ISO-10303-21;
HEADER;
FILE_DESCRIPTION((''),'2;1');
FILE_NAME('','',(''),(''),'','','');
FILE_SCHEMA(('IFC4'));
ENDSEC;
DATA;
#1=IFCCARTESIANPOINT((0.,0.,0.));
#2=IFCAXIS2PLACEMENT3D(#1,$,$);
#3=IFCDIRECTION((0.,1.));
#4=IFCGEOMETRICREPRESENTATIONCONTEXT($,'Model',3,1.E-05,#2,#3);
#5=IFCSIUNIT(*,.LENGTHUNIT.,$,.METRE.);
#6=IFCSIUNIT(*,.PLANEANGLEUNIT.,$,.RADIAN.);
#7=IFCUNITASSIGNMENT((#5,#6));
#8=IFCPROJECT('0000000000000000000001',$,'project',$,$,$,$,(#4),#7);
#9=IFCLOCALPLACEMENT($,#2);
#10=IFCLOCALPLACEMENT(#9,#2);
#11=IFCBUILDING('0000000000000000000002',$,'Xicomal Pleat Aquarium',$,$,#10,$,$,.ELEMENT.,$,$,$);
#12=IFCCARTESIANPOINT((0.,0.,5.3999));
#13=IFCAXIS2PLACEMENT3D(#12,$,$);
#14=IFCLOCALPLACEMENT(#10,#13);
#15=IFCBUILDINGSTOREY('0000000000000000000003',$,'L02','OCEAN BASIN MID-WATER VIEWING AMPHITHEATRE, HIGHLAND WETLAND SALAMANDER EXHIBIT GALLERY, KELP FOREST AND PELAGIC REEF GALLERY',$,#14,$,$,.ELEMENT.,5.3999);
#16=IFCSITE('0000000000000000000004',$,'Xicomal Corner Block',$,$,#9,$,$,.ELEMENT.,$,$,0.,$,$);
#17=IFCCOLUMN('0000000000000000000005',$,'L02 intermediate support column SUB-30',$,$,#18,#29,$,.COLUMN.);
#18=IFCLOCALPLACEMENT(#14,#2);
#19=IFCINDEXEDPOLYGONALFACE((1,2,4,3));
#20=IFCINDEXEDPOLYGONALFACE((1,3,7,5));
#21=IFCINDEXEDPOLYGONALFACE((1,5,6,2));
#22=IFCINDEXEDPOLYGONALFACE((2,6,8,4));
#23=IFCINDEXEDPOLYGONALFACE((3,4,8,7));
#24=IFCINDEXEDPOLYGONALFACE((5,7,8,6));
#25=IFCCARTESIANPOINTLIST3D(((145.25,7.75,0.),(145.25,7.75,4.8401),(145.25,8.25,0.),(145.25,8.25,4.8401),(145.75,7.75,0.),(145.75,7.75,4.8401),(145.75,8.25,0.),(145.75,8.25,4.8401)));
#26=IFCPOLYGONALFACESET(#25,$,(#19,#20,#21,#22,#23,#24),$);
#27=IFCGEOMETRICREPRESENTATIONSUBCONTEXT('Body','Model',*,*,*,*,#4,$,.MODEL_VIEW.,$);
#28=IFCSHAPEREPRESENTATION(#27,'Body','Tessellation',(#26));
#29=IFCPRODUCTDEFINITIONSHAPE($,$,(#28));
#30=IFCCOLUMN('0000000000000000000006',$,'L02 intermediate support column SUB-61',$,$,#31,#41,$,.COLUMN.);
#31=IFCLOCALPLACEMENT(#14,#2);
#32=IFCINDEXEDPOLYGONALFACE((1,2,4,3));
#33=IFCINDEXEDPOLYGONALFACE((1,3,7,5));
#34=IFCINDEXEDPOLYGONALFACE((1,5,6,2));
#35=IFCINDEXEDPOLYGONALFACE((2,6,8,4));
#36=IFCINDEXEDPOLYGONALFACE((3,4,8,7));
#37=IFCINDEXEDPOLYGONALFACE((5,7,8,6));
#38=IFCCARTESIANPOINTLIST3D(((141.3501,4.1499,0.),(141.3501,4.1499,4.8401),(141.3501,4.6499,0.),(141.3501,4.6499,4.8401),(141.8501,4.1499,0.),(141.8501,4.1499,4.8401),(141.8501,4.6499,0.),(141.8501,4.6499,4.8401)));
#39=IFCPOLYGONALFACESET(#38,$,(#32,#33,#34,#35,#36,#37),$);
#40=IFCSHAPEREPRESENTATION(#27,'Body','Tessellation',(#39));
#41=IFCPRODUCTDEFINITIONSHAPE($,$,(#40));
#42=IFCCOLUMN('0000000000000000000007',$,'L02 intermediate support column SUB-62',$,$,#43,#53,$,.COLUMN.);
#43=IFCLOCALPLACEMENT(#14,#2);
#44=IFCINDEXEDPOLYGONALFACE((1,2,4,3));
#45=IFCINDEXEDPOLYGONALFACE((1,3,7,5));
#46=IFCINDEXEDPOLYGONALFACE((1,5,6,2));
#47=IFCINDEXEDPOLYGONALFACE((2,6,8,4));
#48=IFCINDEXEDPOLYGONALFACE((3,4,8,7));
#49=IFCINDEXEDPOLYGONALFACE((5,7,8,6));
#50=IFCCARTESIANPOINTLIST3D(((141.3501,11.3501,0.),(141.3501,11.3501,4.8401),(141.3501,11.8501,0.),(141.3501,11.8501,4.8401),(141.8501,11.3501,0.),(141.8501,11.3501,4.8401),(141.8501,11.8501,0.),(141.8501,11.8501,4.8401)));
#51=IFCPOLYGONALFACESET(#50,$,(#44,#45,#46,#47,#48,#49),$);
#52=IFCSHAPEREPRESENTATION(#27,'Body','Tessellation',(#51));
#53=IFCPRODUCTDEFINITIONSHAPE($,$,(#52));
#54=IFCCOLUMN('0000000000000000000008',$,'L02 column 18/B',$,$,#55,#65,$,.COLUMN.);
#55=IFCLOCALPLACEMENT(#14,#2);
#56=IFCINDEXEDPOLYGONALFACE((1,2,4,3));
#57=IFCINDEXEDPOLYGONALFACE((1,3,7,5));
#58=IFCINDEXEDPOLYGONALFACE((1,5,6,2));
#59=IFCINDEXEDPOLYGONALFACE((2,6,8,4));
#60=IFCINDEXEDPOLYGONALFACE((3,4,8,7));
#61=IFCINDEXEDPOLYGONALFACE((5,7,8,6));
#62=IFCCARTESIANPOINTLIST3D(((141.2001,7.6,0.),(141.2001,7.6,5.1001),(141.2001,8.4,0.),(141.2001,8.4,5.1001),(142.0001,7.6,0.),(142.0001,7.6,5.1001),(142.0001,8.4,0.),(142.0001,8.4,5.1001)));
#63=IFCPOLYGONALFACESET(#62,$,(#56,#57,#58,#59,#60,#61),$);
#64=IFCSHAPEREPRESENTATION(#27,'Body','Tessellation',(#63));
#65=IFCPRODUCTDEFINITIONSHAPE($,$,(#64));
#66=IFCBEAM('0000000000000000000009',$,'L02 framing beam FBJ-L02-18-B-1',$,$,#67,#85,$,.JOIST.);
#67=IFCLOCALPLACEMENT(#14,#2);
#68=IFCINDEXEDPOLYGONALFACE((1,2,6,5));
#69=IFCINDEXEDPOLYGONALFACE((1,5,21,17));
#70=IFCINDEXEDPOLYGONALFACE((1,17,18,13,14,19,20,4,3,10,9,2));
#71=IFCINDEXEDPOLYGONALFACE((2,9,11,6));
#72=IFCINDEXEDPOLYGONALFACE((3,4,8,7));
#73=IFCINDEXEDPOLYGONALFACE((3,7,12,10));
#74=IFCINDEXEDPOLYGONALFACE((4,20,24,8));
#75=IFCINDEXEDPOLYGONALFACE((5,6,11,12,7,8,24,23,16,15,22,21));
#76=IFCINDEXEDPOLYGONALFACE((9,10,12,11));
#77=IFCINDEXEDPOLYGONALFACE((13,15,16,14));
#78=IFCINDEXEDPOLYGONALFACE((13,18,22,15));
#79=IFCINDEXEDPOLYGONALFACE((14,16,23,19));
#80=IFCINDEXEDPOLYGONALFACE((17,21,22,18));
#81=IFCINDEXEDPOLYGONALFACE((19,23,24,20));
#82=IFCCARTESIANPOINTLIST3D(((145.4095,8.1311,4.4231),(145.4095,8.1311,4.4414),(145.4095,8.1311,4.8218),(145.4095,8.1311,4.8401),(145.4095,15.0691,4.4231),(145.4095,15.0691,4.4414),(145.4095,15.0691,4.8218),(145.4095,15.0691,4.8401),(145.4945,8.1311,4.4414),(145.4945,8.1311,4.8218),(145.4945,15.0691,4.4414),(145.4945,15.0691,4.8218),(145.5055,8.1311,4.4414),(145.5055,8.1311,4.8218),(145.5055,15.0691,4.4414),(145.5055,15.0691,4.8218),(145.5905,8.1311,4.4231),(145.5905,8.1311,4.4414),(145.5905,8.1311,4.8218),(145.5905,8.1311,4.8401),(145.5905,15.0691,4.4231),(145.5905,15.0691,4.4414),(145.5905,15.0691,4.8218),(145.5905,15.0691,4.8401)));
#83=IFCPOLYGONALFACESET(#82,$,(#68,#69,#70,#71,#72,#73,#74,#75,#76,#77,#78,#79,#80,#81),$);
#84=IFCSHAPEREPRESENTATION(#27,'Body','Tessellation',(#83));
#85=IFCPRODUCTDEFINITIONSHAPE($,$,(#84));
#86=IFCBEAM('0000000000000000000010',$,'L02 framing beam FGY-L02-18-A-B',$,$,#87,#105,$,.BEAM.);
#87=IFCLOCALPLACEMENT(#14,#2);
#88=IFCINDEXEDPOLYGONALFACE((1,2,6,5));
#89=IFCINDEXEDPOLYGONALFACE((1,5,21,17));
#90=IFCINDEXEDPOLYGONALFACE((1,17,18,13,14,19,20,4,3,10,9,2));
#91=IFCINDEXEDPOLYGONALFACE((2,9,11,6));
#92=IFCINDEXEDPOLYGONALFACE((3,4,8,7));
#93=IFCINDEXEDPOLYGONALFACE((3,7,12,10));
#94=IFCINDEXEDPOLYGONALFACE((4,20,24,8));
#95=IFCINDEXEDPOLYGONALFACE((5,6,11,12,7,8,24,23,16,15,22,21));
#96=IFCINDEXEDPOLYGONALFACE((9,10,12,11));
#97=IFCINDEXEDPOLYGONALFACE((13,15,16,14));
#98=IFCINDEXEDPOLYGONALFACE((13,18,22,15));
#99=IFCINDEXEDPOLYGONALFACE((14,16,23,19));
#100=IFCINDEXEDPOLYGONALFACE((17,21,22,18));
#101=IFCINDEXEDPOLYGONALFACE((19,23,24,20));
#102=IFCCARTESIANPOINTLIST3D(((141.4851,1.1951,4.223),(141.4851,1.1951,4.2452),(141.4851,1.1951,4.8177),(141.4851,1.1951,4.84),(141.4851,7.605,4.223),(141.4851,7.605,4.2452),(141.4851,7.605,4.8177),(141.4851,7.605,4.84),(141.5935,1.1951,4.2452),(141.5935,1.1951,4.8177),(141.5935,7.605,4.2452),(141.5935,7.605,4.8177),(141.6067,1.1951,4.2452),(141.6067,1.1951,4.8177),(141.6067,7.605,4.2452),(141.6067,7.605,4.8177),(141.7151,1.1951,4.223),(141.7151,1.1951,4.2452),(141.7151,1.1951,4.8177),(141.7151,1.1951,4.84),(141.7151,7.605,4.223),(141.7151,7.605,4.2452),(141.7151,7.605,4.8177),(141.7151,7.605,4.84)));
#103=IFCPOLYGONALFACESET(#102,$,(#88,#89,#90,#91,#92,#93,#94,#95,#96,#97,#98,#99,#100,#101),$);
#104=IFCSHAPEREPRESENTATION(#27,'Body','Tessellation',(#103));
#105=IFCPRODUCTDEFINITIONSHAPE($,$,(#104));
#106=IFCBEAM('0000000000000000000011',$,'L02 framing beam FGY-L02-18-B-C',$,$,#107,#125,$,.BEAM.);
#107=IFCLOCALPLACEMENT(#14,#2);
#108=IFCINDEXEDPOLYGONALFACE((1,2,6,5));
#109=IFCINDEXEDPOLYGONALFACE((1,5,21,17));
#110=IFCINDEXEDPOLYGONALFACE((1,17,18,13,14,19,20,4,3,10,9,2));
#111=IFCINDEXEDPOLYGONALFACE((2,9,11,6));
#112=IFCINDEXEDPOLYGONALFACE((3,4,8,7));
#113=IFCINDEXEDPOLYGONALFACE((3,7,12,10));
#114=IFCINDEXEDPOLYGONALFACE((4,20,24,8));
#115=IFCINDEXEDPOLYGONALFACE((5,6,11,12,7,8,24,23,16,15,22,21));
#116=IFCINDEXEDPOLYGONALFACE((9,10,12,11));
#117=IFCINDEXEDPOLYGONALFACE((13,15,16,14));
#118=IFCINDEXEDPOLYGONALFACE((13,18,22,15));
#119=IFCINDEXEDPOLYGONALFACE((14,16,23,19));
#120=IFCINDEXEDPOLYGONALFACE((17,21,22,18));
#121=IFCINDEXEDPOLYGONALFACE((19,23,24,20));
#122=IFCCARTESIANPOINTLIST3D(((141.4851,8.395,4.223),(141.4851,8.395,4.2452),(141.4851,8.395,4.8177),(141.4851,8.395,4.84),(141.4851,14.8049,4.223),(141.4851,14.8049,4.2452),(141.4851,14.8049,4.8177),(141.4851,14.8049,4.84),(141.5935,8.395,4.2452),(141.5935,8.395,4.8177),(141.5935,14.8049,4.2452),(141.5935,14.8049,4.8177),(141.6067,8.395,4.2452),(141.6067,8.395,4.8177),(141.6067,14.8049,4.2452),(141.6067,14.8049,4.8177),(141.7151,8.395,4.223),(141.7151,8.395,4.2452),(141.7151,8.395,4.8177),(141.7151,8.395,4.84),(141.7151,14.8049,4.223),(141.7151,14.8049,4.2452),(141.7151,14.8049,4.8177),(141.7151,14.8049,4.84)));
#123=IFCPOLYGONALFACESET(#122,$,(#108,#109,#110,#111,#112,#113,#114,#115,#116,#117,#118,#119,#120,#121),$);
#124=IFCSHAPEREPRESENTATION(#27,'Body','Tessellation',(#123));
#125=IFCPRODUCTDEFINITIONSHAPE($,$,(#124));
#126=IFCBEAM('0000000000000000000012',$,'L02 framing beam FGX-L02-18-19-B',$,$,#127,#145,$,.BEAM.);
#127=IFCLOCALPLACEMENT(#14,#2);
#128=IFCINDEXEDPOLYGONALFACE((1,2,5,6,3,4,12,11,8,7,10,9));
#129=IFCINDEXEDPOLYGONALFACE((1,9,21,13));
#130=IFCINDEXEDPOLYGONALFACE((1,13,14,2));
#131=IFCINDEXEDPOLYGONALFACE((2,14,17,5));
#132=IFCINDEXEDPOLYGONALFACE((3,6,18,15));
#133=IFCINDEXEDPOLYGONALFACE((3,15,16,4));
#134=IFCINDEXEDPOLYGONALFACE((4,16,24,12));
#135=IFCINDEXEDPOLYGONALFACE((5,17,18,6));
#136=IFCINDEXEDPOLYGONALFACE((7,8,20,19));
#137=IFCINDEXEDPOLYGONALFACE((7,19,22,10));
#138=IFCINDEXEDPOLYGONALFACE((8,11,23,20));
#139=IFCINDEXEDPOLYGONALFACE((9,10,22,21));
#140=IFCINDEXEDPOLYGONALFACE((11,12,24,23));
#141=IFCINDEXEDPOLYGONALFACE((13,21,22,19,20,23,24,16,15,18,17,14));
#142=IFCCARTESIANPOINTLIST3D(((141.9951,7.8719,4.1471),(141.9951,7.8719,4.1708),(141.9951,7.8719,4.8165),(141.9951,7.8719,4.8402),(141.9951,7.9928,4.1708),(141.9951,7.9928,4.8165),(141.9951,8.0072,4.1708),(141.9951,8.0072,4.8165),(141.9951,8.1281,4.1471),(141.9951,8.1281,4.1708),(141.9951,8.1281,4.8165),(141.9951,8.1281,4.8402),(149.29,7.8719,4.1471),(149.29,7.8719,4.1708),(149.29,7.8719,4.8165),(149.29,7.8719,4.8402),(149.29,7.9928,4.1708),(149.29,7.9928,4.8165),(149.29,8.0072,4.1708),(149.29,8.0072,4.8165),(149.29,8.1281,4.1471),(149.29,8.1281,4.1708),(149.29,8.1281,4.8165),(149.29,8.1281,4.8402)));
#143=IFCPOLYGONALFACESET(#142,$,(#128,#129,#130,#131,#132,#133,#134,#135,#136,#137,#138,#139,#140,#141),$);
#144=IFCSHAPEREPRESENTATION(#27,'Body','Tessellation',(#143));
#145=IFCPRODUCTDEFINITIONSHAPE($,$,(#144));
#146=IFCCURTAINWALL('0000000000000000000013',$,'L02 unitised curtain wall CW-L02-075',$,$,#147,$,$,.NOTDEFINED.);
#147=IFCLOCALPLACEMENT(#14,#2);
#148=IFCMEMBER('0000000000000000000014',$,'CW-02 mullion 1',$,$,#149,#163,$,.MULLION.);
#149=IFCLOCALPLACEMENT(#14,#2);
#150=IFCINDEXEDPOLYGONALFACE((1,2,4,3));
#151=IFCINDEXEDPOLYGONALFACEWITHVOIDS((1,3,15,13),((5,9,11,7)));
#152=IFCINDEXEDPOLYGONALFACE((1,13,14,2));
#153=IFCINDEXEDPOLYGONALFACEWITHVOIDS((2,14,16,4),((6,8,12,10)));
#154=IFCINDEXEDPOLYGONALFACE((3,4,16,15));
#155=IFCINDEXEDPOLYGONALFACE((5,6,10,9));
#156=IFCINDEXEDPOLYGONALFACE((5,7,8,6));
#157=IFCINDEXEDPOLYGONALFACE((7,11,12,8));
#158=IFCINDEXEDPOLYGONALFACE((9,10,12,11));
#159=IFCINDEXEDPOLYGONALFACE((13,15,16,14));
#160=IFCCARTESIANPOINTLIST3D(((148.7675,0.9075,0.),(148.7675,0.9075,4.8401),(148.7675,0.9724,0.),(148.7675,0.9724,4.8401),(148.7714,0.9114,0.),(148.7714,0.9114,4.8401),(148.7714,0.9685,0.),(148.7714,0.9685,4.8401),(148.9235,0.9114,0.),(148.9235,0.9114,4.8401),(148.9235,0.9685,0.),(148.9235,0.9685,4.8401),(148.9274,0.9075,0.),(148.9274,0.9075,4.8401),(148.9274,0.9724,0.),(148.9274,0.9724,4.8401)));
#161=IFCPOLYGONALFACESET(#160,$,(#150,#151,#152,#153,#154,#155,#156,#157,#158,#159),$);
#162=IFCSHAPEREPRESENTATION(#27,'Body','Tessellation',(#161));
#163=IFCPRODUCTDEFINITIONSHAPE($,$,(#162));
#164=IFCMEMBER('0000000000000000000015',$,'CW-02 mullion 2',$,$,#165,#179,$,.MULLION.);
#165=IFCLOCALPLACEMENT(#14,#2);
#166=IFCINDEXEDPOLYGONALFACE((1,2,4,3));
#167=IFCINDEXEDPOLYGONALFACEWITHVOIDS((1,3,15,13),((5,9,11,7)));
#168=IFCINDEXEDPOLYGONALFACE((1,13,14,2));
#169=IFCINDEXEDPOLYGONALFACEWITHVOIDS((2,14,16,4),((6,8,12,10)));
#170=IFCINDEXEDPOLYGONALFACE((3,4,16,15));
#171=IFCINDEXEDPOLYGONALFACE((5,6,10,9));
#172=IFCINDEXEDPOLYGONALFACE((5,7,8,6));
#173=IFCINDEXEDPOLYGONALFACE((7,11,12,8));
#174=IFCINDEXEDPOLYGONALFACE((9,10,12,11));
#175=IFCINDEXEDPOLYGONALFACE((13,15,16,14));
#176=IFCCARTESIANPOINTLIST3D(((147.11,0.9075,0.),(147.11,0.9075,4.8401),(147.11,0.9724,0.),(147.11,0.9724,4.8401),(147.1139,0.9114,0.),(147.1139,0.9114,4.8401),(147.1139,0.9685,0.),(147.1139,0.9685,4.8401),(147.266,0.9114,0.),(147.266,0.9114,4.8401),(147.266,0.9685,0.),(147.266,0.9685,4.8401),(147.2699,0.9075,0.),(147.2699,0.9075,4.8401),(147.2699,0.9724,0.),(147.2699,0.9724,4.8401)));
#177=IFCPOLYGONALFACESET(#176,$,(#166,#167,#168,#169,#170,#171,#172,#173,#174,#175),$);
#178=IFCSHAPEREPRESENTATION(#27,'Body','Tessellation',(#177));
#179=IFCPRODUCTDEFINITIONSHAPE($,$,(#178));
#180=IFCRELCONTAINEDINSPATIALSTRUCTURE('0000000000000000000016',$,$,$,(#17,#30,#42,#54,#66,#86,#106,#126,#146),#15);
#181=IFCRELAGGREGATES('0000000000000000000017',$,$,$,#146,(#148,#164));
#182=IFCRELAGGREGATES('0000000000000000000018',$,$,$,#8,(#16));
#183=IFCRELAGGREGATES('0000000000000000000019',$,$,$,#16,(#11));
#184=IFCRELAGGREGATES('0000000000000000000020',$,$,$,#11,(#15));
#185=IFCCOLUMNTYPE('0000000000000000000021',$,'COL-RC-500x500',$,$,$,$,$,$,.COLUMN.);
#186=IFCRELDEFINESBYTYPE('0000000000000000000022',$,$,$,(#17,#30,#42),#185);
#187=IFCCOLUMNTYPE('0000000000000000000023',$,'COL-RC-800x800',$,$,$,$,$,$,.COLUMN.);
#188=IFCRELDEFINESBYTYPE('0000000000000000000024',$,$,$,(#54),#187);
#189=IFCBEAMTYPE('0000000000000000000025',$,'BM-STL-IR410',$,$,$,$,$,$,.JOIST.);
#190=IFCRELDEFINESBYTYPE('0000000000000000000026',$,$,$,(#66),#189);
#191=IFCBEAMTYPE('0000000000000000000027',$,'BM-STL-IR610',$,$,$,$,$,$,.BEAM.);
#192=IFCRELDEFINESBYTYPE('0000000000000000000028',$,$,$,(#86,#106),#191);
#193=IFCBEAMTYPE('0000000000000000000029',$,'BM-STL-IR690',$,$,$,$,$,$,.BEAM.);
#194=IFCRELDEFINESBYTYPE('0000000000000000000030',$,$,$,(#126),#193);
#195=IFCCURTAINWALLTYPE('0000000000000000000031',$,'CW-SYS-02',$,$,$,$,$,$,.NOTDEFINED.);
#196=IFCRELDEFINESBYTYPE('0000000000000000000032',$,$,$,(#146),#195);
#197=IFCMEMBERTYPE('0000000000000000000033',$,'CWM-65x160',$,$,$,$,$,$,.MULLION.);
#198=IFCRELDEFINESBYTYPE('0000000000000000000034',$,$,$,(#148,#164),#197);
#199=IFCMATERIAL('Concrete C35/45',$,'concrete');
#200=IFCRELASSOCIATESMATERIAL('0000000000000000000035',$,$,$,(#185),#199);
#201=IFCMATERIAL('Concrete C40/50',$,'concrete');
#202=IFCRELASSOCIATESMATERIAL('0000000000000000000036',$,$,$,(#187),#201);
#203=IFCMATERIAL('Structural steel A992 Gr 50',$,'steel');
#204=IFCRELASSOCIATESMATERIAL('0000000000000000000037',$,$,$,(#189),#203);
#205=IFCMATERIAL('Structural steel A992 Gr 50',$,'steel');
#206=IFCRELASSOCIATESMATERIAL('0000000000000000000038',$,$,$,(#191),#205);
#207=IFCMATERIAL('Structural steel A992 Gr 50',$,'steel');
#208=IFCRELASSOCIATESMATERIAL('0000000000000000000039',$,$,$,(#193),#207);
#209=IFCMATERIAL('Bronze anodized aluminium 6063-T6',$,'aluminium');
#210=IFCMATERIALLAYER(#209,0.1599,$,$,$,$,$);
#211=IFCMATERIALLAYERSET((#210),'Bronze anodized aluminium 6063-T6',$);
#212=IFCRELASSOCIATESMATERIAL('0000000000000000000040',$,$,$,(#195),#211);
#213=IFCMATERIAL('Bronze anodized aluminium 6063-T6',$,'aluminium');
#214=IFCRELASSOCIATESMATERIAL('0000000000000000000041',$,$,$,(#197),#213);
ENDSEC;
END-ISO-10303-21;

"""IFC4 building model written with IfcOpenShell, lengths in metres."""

from ifc_helpers import new_model, si_unit, direction, frame, origin, origin_2d, place, context, subcontext, project, spatial, rectangle, hollow_rectangle, i_section, extrude, material, layer, layer_set, material_profile, profile_set, type_object, element, aggregate, save


model = new_model("IFC4")

# Units and contexts
model_context = context("Model", 3, precision=1e-05, world=origin(), true_north=direction((0.0, 1.0)))
body_context = subcontext(model_context, "Body", "Model", "MODEL_VIEW")
ifc_project = project(units=[si_unit("LENGTHUNIT", "METRE"), si_unit("PLANEANGLEUNIT", "RADIAN")], contexts=[model_context])

# Site, building, storey
site_placement = place(None, origin())
site = spatial("IfcSite", under=ifc_project, at=site_placement, Name="Xicomal Corner Block", CompositionType="ELEMENT", RefElevation=0.0)
building_placement = place(site_placement, origin())
building = spatial("IfcBuilding", under=site, at=building_placement, Name="Xicomal Pleat Aquarium", CompositionType="ELEMENT")
storey_placement = place(building_placement, frame((0.0, 0.0, 5.3999)))
storey = spatial("IfcBuildingStorey", under=building, at=storey_placement, Name="L02", Description="OCEAN BASIN MID-WATER VIEWING AMPHITHEATRE, HIGHLAND WETLAND SALAMANDER EXHIBIT GALLERY, KELP FOREST AND PELAGIC REEF GALLERY", CompositionType="ELEMENT", Elevation=5.3999)

# Columns
ifc_material_1 = material(Name="Concrete C35/45", Category="concrete")
ifc_material_profile_1 = material_profile(ifc_material_1, rectangle(XDim=0.5, YDim=0.5, at=origin_2d()), Name="RC 500x500")
ifc_profile_set_1 = profile_set([ifc_material_profile_1], Name="Concrete C35/45")
column_type_1 = type_object("IfcColumnType", Name="COL-RC-500x500", PredefinedType="COLUMN", material=ifc_profile_set_1)
for number, where, z_axis, x_axis, name in (
    (1, (145.5, 8.0, 0.0), (0.0, 0.0, 1.0), (1.0, 0.0, 0.0), "L02 intermediate support column SUB-30"),
    (2, (141.6001, 4.3999, 0.0), (0.0, 0.0, 1.0), (1.0, 0.0, 0.0), "L02 intermediate support column SUB-61"),
    (3, (141.6001, 11.6001, 0.0), (0.0, 0.0, 1.0), (1.0, 0.0, 0.0), "L02 intermediate support column SUB-62"),
):
    element("IfcColumn", number, at=place(storey_placement, frame(where, z_axis=z_axis, x_axis=x_axis)), inside=storey, type_object=column_type_1, Name=name, PredefinedType="COLUMN", context=body_context, shape_type="SweptSolid", body=[
        extrude(rectangle(XDim=0.5, YDim=0.5, at=origin_2d()), origin(), (0.0, 0.0, 1.0), 4.8401),
    ])
ifc_material_2 = material(Name="Concrete C40/50", Category="concrete")
ifc_material_profile_2 = material_profile(ifc_material_2, rectangle(XDim=0.8, YDim=0.8, at=origin_2d()), Name="RC 800x800")
ifc_profile_set_2 = profile_set([ifc_material_profile_2], Name="Concrete C40/50")
column_type_2 = type_object("IfcColumnType", Name="COL-RC-800x800", PredefinedType="COLUMN", material=ifc_profile_set_2)
column_placement = place(storey_placement, frame((141.6001, 8.0, 0.0), z_axis=(0.0, 0.0, 1.0), x_axis=(1.0, 0.0, 0.0)))
element("IfcColumn", 4, at=column_placement, inside=storey, type_object=column_type_2, Name="L02 column 18/B", PredefinedType="COLUMN", context=body_context, shape_type="SweptSolid", body=[
    extrude(rectangle(XDim=0.8, YDim=0.8, at=origin_2d()), origin(), (0.0, 0.0, 1.0), 5.1001),
])

# Beams
ifc_material_3 = material(Name="Structural steel A992 Gr 50", Category="steel")
ifc_material_profile_3 = material_profile(ifc_material_3, i_section(OverallWidth=0.1809, OverallDepth=0.417, WebThickness=0.011, FlangeThickness=0.0183, at=origin_2d()), Name="IR 410x85")
ifc_profile_set_3 = profile_set([ifc_material_profile_3], Name="Structural steel A992 Gr 50")
beam_type_1 = type_object("IfcBeamType", Name="BM-STL-IR410", PredefinedType="JOIST", material=ifc_profile_set_3)
beam_1_placement = place(storey_placement, frame((145.5, 8.1311, 4.6316), z_axis=(0.0, 1.0, 0.0), x_axis=(-1.0, 0.0, 0.0)))
element("IfcBeam", 5, at=beam_1_placement, inside=storey, type_object=beam_type_1, Name="L02 framing beam FBJ-L02-18-B-1", PredefinedType="JOIST", context=body_context, shape_type="SweptSolid", body=[
    extrude(i_section(OverallWidth=0.1809, OverallDepth=0.417, WebThickness=0.011, FlangeThickness=0.0183, at=origin_2d()), origin(), (0.0, 0.0, 1.0), 6.938),
])
ifc_material_4 = material(Name="Structural steel A992 Gr 50", Category="steel")
ifc_material_profile_4 = material_profile(ifc_material_4, i_section(OverallWidth=0.23, OverallDepth=0.6169, WebThickness=0.0132, FlangeThickness=0.0222, at=origin_2d()), Name="IR 610x140")
ifc_profile_set_4 = profile_set([ifc_material_profile_4], Name="Structural steel A992 Gr 50")
beam_type_2 = type_object("IfcBeamType", Name="BM-STL-IR610", PredefinedType="BEAM", material=ifc_profile_set_4)
for number, where, z_axis, x_axis, name in (
    (6, (141.6001, 1.1951, 4.5315), (0.0, 1.0, 0.0), (-1.0, 0.0, 0.0), "L02 framing beam FGY-L02-18-A-B"),
    (7, (141.6001, 8.395, 4.5315), (0.0, 1.0, 0.0), (-1.0, 0.0, 0.0), "L02 framing beam FGY-L02-18-B-C"),
):
    element("IfcBeam", number, at=place(storey_placement, frame(where, z_axis=z_axis, x_axis=x_axis)), inside=storey, type_object=beam_type_2, Name=name, PredefinedType="BEAM", context=body_context, shape_type="SweptSolid", body=[
        extrude(i_section(OverallWidth=0.23, OverallDepth=0.6169, WebThickness=0.0132, FlangeThickness=0.0222, at=origin_2d()), origin(), (0.0, 0.0, 1.0), 6.4099),
    ])
ifc_material_5 = material(Name="Structural steel A992 Gr 50", Category="steel")
ifc_material_profile_5 = material_profile(ifc_material_5, i_section(OverallWidth=0.2561, OverallDepth=0.6931, WebThickness=0.0144, FlangeThickness=0.0237, at=origin_2d()), Name="IR 690x170")
ifc_profile_set_5 = profile_set([ifc_material_profile_5], Name="Structural steel A992 Gr 50")
beam_type_3 = type_object("IfcBeamType", Name="BM-STL-IR690", PredefinedType="BEAM", material=ifc_profile_set_5)
beam_2_placement = place(storey_placement, frame((141.9951, 8.0, 4.4937), z_axis=(1.0, 0.0, 0.0), x_axis=(0.0, 1.0, 0.0)))
element("IfcBeam", 8, at=beam_2_placement, inside=storey, type_object=beam_type_3, Name="L02 framing beam FGX-L02-18-19-B", PredefinedType="BEAM", context=body_context, shape_type="SweptSolid", body=[
    extrude(i_section(OverallWidth=0.2561, OverallDepth=0.6931, WebThickness=0.0144, FlangeThickness=0.0237, at=origin_2d()), origin(), (0.0, 0.0, 1.0), 7.2949),
])

# Curtain wall, members
ifc_material_6 = material(Name="Bronze anodized aluminium 6063-T6", Category="aluminium")
ifc_layer_1 = layer(ifc_material_6, 0.1599)
ifc_layer_set_1 = layer_set([ifc_layer_1], Name="Bronze anodized aluminium 6063-T6")
curtain_wall_type = type_object("IfcCurtainWallType", Name="CW-SYS-02", PredefinedType="NOTDEFINED", material=ifc_layer_set_1)
curtain_wall_placement = place(storey_placement, origin())
curtain_wall = element("IfcCurtainWall", 9, at=curtain_wall_placement, inside=storey, type_object=curtain_wall_type, Name="L02 unitised curtain wall CW-L02-075", PredefinedType="NOTDEFINED")
ifc_material_7 = material(Name="Bronze anodized aluminium 6063-T6", Category="aluminium")
ifc_material_profile_6 = material_profile(ifc_material_7, hollow_rectangle(XDim=0.0649, YDim=0.1599, WallThickness=0.0039, at=origin_2d()), Name="ALU MULL 65x160")
ifc_profile_set_6 = profile_set([ifc_material_profile_6], Name="Bronze anodized aluminium 6063-T6")
member_type_1 = type_object("IfcMemberType", Name="CWM-65x160", PredefinedType="MULLION", material=ifc_profile_set_6)
member_1_placement = place(storey_placement, frame((148.8474, 0.9399, 0.0), z_axis=(0.0, 0.0, 1.0), x_axis=(0.0, -1.0, 0.0)))
member_1 = element("IfcMember", 10, at=member_1_placement, type_object=member_type_1, Name="CW-02 mullion 1", PredefinedType="MULLION", context=body_context, shape_type="SweptSolid", body=[
    extrude(hollow_rectangle(XDim=0.0649, YDim=0.1599, WallThickness=0.0039, at=origin_2d()), origin(), (0.0, 0.0, 1.0), 4.8401),
])
member_2_placement = place(storey_placement, frame((147.1899, 0.9399, 0.0), z_axis=(0.0, 0.0, 1.0), x_axis=(0.0, -1.0, 0.0)))
member_2 = element("IfcMember", 11, at=member_2_placement, type_object=member_type_1, Name="CW-02 mullion 2", PredefinedType="MULLION", context=body_context, shape_type="SweptSolid", body=[
    extrude(hollow_rectangle(XDim=0.0649, YDim=0.1599, WallThickness=0.0039, at=origin_2d()), origin(), (0.0, 0.0, 1.0), 4.8401),
])
aggregate(curtain_wall, [member_1, member_2])

save(model, "model.ifc")
